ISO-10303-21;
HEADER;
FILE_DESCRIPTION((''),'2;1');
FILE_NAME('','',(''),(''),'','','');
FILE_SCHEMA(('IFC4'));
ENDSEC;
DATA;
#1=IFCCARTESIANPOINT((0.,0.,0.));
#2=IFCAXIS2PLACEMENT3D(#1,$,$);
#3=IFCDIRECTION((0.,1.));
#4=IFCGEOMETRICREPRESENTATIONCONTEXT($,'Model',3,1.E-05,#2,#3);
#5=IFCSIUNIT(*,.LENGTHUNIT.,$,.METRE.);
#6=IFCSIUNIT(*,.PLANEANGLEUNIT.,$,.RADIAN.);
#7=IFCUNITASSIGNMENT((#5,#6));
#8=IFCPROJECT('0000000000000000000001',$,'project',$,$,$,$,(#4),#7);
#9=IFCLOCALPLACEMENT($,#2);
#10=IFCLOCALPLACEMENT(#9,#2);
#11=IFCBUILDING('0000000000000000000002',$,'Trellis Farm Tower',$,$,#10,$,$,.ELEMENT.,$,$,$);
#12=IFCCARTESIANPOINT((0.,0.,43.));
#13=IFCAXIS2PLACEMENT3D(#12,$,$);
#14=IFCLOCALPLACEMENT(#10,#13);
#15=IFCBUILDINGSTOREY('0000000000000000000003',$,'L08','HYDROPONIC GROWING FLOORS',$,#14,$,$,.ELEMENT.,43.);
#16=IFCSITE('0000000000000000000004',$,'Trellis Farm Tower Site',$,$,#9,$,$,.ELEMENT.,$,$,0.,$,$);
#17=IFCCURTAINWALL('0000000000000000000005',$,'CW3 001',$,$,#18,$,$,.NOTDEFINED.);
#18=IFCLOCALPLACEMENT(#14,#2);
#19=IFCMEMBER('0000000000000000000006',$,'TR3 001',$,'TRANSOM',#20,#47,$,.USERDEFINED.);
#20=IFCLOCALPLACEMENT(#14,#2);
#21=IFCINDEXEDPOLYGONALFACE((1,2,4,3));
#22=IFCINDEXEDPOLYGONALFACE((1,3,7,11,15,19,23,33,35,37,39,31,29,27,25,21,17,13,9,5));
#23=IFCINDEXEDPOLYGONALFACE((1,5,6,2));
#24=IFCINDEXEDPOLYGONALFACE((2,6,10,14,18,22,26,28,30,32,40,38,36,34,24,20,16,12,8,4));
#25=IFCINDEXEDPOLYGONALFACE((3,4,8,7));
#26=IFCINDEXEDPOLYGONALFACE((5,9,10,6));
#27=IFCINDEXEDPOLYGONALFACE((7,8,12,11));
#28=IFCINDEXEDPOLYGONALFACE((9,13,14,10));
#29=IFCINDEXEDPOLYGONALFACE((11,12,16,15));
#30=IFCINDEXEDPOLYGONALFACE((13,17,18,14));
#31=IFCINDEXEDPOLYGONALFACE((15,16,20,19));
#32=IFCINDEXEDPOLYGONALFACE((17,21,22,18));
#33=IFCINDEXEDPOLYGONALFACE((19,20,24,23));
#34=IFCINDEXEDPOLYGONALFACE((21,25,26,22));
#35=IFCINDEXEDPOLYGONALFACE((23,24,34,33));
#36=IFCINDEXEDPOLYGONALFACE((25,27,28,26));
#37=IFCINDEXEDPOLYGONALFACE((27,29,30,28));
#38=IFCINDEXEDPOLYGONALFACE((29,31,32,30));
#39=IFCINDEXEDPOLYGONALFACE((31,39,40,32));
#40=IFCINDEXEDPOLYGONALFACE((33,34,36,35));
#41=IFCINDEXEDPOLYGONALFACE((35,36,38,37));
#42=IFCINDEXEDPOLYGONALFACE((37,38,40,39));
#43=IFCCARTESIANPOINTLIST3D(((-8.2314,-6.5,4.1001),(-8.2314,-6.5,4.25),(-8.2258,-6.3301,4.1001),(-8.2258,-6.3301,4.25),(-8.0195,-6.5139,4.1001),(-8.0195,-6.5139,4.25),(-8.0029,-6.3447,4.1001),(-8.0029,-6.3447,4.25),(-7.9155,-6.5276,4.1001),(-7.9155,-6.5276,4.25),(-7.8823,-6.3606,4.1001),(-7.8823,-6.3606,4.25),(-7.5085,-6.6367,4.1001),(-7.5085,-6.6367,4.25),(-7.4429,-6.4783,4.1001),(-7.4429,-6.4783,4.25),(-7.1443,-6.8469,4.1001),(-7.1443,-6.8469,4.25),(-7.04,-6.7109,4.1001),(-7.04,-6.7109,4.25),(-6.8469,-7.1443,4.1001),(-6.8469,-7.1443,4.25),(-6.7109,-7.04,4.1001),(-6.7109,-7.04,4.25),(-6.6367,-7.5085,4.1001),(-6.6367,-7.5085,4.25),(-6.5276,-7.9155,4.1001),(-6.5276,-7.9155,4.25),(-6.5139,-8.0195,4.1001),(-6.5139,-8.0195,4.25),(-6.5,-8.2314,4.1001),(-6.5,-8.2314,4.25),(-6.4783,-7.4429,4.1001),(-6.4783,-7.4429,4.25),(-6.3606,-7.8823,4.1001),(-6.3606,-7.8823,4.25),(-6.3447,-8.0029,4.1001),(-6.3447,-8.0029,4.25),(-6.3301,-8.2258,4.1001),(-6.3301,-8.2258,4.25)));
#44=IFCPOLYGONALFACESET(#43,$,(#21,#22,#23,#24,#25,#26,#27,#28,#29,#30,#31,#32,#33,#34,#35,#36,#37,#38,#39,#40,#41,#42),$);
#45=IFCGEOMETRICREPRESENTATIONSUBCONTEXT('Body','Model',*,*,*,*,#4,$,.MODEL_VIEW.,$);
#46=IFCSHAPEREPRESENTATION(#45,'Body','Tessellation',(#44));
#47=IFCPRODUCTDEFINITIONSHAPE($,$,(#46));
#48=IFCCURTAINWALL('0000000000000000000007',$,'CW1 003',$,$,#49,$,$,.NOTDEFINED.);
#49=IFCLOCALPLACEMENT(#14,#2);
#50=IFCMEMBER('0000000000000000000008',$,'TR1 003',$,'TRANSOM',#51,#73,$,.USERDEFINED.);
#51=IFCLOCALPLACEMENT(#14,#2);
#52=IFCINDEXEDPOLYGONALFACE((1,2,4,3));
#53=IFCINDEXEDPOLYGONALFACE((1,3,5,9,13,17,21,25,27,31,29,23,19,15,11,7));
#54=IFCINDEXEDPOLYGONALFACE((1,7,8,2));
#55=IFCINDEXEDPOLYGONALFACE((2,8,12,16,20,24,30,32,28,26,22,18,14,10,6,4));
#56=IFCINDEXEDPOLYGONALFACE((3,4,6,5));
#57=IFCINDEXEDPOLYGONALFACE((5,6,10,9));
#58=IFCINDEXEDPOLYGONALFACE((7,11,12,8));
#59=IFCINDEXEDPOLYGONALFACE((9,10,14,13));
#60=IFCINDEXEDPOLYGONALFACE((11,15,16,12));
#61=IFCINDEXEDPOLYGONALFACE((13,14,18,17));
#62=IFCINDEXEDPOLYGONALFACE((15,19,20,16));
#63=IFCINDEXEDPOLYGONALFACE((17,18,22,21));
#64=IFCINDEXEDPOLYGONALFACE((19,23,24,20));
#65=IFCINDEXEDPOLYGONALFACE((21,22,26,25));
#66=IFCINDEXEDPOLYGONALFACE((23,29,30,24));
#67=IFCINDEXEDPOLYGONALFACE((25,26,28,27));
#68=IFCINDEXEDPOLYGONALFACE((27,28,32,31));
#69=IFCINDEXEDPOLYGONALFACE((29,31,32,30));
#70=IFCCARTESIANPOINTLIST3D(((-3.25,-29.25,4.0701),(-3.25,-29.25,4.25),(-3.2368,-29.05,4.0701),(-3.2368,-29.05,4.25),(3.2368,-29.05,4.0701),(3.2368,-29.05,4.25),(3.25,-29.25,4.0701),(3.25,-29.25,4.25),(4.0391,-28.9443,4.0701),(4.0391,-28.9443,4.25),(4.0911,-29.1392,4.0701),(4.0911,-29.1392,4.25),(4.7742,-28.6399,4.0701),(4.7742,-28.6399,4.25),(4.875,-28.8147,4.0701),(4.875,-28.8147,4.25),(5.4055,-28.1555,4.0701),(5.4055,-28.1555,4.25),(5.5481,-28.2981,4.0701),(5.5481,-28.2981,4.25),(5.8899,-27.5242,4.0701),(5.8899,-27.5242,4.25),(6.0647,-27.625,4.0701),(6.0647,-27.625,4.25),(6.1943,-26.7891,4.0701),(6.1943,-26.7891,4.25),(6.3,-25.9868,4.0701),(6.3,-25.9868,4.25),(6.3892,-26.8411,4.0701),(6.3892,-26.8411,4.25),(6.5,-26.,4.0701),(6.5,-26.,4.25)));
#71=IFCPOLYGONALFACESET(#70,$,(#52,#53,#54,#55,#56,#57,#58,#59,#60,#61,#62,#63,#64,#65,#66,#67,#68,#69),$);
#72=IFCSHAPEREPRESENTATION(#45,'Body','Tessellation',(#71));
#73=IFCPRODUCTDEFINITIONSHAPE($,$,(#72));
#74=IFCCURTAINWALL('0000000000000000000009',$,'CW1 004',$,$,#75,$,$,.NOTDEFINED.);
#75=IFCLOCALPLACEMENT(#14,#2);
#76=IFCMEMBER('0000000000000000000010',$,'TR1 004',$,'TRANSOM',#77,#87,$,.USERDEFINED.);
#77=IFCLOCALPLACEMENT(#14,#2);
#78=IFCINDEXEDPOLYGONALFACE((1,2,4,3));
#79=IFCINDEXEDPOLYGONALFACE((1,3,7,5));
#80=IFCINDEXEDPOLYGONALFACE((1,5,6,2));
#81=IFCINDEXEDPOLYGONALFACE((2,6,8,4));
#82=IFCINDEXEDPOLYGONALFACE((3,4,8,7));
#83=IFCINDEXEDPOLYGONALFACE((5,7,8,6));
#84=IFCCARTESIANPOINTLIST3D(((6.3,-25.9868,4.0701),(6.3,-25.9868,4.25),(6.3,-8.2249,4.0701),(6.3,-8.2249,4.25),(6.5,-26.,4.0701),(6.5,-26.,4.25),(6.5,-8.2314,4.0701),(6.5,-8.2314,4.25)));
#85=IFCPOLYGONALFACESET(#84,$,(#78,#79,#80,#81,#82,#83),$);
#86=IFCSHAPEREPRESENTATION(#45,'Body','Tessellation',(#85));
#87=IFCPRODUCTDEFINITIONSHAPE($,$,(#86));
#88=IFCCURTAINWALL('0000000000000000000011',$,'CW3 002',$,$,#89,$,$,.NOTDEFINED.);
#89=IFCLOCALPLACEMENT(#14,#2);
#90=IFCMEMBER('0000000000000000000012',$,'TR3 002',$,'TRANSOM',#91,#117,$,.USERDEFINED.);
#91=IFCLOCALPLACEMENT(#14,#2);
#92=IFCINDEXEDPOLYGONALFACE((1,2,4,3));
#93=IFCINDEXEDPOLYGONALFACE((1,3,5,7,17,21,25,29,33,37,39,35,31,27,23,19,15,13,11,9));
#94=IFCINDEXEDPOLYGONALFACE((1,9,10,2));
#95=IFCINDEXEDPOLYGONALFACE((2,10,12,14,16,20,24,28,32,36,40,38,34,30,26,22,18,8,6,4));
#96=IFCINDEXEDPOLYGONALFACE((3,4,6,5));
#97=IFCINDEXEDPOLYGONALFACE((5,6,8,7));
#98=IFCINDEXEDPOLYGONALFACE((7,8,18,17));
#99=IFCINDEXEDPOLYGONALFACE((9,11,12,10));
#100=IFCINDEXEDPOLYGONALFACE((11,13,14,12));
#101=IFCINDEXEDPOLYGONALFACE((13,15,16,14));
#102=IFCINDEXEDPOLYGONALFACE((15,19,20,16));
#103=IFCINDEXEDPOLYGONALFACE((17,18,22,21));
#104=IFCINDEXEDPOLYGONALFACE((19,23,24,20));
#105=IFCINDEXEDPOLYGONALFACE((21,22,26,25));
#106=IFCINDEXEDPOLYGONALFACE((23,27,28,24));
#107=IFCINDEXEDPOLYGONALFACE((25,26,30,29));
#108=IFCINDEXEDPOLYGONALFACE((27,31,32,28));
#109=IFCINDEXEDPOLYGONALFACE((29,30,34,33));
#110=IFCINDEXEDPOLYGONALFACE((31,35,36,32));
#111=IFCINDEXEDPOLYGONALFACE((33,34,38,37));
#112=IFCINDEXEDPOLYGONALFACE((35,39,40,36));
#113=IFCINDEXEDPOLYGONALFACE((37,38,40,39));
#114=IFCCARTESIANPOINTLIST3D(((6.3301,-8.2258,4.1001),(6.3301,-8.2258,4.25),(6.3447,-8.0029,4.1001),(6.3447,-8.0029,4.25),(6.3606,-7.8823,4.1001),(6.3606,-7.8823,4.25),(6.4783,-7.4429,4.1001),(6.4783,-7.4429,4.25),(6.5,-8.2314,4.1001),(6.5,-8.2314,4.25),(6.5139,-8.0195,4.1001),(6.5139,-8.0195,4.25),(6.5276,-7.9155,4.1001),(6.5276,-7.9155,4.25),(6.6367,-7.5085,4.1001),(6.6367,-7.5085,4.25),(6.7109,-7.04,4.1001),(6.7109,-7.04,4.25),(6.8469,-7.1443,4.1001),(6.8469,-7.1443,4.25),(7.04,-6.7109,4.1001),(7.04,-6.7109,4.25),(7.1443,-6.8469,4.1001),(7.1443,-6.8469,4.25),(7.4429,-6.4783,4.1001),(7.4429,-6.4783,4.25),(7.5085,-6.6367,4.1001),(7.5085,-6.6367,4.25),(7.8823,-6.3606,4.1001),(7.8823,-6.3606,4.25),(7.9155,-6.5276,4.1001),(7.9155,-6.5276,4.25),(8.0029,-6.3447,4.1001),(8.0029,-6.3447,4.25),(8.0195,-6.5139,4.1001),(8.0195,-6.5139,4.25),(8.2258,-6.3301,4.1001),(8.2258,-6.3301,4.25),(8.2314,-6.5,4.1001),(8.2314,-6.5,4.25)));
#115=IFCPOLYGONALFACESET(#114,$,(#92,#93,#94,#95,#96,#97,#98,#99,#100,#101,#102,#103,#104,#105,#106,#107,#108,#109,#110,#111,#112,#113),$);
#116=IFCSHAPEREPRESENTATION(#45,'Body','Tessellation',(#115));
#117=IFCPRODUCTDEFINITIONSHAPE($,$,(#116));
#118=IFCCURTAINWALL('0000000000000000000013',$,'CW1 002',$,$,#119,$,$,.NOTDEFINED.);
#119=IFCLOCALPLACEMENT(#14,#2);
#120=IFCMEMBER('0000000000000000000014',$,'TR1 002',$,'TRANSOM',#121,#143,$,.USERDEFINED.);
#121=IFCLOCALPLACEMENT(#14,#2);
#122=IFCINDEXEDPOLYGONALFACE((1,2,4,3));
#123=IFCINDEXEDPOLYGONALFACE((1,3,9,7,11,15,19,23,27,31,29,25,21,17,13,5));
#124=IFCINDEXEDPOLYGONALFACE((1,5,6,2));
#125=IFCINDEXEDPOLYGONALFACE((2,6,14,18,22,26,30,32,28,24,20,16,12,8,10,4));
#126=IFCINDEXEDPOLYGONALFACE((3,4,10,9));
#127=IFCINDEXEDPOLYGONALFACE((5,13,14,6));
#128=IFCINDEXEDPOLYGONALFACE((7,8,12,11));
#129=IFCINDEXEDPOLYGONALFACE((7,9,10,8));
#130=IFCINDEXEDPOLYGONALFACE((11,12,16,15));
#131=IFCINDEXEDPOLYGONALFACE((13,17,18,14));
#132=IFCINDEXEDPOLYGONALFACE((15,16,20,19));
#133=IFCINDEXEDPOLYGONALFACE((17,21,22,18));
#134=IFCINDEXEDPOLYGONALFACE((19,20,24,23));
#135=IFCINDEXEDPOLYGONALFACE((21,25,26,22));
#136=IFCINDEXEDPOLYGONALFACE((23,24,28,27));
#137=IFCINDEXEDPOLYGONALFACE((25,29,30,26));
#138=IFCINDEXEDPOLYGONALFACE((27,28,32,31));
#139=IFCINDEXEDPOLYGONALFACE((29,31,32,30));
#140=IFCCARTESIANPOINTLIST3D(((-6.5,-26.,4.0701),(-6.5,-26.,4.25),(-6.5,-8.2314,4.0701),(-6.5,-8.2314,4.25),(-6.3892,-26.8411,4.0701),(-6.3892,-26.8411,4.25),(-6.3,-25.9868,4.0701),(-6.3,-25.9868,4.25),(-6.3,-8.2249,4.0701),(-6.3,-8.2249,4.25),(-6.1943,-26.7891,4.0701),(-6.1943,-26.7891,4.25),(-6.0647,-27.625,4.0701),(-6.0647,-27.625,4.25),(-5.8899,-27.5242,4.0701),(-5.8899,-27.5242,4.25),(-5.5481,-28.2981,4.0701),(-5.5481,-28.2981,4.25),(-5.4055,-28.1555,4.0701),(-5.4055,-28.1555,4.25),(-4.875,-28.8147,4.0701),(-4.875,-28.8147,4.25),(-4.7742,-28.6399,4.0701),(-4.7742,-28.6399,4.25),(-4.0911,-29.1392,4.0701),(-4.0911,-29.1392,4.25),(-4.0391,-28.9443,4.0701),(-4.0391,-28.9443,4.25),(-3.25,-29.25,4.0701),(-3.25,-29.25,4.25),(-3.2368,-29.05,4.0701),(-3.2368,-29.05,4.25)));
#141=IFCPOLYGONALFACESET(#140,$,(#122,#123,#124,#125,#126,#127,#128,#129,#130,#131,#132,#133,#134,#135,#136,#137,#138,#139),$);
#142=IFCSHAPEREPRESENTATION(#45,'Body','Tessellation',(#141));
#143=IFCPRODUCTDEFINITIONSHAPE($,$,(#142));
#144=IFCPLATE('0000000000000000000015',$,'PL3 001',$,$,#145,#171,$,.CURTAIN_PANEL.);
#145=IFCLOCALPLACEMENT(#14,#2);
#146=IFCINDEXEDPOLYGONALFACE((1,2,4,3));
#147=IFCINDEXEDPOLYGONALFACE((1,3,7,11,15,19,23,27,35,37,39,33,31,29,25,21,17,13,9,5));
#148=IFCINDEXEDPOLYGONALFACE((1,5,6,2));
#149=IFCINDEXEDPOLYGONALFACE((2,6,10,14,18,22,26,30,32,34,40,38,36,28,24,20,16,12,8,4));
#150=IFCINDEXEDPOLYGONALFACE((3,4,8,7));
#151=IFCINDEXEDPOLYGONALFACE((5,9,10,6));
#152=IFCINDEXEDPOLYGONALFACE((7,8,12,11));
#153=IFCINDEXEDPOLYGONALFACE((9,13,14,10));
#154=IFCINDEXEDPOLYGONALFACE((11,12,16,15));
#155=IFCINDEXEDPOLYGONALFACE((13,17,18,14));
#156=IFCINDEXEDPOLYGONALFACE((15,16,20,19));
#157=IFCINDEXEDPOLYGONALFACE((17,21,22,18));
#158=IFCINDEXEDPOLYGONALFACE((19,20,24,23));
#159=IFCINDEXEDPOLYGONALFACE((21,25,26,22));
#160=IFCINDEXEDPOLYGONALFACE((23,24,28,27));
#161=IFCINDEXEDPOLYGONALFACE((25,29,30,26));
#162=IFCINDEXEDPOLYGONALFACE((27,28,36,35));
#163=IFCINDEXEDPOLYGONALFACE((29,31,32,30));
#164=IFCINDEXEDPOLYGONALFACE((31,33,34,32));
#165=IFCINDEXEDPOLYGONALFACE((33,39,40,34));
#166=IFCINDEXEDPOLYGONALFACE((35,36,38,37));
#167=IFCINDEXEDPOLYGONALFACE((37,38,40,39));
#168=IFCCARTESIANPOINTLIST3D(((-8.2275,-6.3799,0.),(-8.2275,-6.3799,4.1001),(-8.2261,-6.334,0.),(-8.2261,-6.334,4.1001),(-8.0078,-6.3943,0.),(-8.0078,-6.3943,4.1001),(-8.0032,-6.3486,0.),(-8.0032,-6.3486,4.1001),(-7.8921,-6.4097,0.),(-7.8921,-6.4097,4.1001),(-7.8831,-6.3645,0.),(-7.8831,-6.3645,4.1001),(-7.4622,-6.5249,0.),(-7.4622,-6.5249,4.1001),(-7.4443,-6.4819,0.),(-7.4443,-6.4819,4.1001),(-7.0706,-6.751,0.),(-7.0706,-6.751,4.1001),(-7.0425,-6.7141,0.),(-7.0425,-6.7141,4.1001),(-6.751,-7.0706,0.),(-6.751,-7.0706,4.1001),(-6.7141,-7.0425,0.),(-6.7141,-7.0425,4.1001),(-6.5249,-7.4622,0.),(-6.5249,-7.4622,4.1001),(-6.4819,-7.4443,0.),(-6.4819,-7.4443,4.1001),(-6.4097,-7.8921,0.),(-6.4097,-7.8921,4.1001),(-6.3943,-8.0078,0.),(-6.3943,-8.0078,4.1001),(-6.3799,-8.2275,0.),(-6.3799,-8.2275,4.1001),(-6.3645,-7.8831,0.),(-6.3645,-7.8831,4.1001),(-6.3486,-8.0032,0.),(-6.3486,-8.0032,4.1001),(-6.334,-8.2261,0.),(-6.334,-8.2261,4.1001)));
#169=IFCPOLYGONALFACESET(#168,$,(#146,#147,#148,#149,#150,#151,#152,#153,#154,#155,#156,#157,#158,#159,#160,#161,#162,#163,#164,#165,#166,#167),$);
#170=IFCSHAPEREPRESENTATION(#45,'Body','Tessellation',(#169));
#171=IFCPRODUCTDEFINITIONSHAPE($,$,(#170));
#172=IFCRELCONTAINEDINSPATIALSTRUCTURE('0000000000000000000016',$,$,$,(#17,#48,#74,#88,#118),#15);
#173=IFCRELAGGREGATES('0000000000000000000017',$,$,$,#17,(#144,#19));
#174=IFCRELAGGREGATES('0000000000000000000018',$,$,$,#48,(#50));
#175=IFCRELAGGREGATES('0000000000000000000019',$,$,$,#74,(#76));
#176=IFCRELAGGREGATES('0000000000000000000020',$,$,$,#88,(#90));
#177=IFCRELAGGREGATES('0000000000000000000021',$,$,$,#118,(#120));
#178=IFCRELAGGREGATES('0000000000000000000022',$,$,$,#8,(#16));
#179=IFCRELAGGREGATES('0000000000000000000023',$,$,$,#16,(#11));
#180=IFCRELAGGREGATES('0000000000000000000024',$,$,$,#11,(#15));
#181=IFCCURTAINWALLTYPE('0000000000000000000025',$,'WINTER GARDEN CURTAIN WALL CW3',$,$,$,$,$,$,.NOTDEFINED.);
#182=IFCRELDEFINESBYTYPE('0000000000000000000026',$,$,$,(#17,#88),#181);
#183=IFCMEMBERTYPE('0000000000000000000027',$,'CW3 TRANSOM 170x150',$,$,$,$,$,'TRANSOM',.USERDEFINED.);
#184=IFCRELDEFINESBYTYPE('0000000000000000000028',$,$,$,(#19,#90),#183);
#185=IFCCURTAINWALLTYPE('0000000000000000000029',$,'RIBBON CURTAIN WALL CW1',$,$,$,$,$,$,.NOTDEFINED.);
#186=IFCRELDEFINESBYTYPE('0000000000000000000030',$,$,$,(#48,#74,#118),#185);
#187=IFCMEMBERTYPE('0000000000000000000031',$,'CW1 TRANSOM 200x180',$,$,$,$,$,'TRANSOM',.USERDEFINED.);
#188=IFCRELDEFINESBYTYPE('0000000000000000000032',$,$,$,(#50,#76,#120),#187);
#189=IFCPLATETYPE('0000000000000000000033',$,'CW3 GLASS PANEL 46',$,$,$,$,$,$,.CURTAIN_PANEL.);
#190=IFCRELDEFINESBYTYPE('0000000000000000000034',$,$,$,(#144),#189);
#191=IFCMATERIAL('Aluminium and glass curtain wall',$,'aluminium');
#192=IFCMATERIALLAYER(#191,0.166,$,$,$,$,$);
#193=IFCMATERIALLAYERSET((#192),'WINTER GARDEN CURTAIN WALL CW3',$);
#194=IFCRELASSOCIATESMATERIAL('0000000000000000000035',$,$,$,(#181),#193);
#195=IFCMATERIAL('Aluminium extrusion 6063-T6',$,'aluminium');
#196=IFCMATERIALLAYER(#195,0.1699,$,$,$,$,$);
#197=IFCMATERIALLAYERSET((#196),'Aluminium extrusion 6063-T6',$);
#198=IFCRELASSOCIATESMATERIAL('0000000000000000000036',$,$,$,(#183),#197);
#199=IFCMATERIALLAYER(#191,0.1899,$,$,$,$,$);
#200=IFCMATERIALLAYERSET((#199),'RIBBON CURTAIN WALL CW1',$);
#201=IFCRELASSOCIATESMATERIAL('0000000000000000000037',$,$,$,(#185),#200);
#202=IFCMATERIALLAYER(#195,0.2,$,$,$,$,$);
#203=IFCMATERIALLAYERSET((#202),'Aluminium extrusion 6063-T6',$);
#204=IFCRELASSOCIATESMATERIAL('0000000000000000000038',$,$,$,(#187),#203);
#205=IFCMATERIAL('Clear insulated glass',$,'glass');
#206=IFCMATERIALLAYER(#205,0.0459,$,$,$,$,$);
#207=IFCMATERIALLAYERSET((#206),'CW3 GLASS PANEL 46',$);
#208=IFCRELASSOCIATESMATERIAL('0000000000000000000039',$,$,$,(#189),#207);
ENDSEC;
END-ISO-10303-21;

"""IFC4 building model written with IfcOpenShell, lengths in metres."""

from ifc_helpers import new_model, si_unit, direction, frame, origin, place, context, subcontext, project, spatial, polyline, outline, extrude, source, transform, mapped, material, layer, layer_set, type_object, element, aggregate, save


model = new_model("IFC4")

# Units and contexts
model_context = context("Model", 3, precision=1e-05, world=origin(), true_north=direction((0.0, 1.0)))
body_context = subcontext(model_context, "Body", "Model", "MODEL_VIEW")
ifc_project = project(units=[si_unit("LENGTHUNIT", "METRE"), si_unit("PLANEANGLEUNIT", "RADIAN")], contexts=[model_context])

# Site, building, storey
site_placement = place(None, origin())
site = spatial("IfcSite", under=ifc_project, at=site_placement, Name="Trellis Farm Tower Site", CompositionType="ELEMENT", RefElevation=0.0)
building_placement = place(site_placement, origin())
building = spatial("IfcBuilding", under=site, at=building_placement, Name="Trellis Farm Tower", CompositionType="ELEMENT")
storey_placement = place(building_placement, frame((0.0, 0.0, 43.0)))
storey = spatial("IfcBuildingStorey", under=building, at=storey_placement, Name="L08", Description="HYDROPONIC GROWING FLOORS", CompositionType="ELEMENT", Elevation=43.0)

# Curtain walls, members
ifc_material_1 = material(Name="Aluminium and glass curtain wall", Category="aluminium")
ifc_layer_1 = layer(ifc_material_1, 0.166)
ifc_layer_set_1 = layer_set([ifc_layer_1], Name="WINTER GARDEN CURTAIN WALL CW3")
curtain_wall_type_1 = type_object("IfcCurtainWallType", Name="WINTER GARDEN CURTAIN WALL CW3", PredefinedType="NOTDEFINED", material=ifc_layer_set_1)
placement_1 = place(storey_placement, origin())
curtain_wall_1 = element("IfcCurtainWall", 1, at=placement_1, inside=storey, type_object=curtain_wall_type_1, Name="CW3 001", PredefinedType="NOTDEFINED")
ifc_material_2 = material(Name="Aluminium extrusion 6063-T6", Category="aluminium")
ifc_layer_2 = layer(ifc_material_2, 0.1699)
ifc_layer_set_2 = layer_set([ifc_layer_2], Name="Aluminium extrusion 6063-T6")
member_type_1 = type_object("IfcMemberType", Name="CW3 TRANSOM 170x150", ElementType="TRANSOM", PredefinedType="USERDEFINED", material=ifc_layer_set_2)
shared_shape_1 = source(origin(), body_context, "Body", "SweptSolid", [
    extrude(outline(polyline([(-8.2314, -6.5), (-8.0195, -6.5139), (-7.9155, -6.5276), (-7.5085, -6.6367), (-7.1443, -6.8469), (-6.8469, -7.1443), (-6.6367, -7.5085), (-6.5276, -7.9155), (-6.5139, -8.0195), (-6.5, -8.2314), (-6.3301, -8.2258), (-6.3447, -8.0029), (-6.3606, -7.8823), (-6.4783, -7.4429), (-6.7109, -7.04), (-7.04, -6.7109), (-7.4429, -6.4783), (-7.8823, -6.3606), (-8.0029, -6.3447), (-8.2258, -6.3301), (-8.2314, -6.5)])), origin(), (0.0, 0.0, 1.0), 0.1499),
])
placement_2 = place(storey_placement, frame((0.0, 0.0, 4.1001)))
member_1 = element("IfcMember", 2, at=placement_2, type_object=member_type_1, Name="TR3 001", ObjectType="TRANSOM", PredefinedType="USERDEFINED", context=body_context, shape_type="MappedRepresentation", body=[
    mapped(shared_shape_1, transform((0.0, 0.0, 0.0))),
])
ifc_layer_3 = layer(ifc_material_1, 0.1899)
ifc_layer_set_3 = layer_set([ifc_layer_3], Name="RIBBON CURTAIN WALL CW1")
curtain_wall_type_2 = type_object("IfcCurtainWallType", Name="RIBBON CURTAIN WALL CW1", PredefinedType="NOTDEFINED", material=ifc_layer_set_3)
curtain_wall_2 = element("IfcCurtainWall", 3, at=placement_1, inside=storey, type_object=curtain_wall_type_2, Name="CW1 003", PredefinedType="NOTDEFINED")
ifc_layer_4 = layer(ifc_material_2, 0.2)
ifc_layer_set_4 = layer_set([ifc_layer_4], Name="Aluminium extrusion 6063-T6")
member_type_2 = type_object("IfcMemberType", Name="CW1 TRANSOM 200x180", ElementType="TRANSOM", PredefinedType="USERDEFINED", material=ifc_layer_set_4)
shared_shape_2 = source(origin(), body_context, "Body", "SweptSolid", [
    extrude(outline(polyline([(-3.25, -29.25), (3.25, -29.25), (4.0911, -29.1392), (4.875, -28.8147), (5.5481, -28.2981), (6.0647, -27.625), (6.3892, -26.8411), (6.5, -26.0), (6.3, -25.9868), (6.1943, -26.7891), (5.8899, -27.5242), (5.4055, -28.1555), (4.7742, -28.6399), (4.0391, -28.9443), (3.2368, -29.05), (-3.2368, -29.05), (-3.25, -29.25)])), origin(), (0.0, 0.0, 1.0), 0.1799),
])
placement_3 = place(storey_placement, frame((0.0, 0.0, 4.0701)))
member_2 = element("IfcMember", 4, at=placement_3, type_object=member_type_2, Name="TR1 003", ObjectType="TRANSOM", PredefinedType="USERDEFINED", context=body_context, shape_type="MappedRepresentation", body=[
    mapped(shared_shape_2, transform((0.0, 0.0, 0.0))),
])
curtain_wall_3 = element("IfcCurtainWall", 5, at=placement_1, inside=storey, type_object=curtain_wall_type_2, Name="CW1 004", PredefinedType="NOTDEFINED")
shared_shape_3 = source(origin(), body_context, "Body", "SweptSolid", [
    extrude(outline(polyline([(6.5, -26.0), (6.5, -8.2314), (6.3, -8.2249), (6.3, -25.9868), (6.5, -26.0)])), origin(), (0.0, 0.0, 1.0), 0.1799),
])
member_3 = element("IfcMember", 6, at=placement_3, type_object=member_type_2, Name="TR1 004", ObjectType="TRANSOM", PredefinedType="USERDEFINED", context=body_context, shape_type="MappedRepresentation", body=[
    mapped(shared_shape_3, transform((0.0, 0.0, 0.0))),
])
curtain_wall_4 = element("IfcCurtainWall", 7, at=placement_1, inside=storey, type_object=curtain_wall_type_1, Name="CW3 002", PredefinedType="NOTDEFINED")
shared_shape_4 = source(origin(), body_context, "Body", "SweptSolid", [
    extrude(outline(polyline([(6.5, -8.2314), (6.5139, -8.0195), (6.5276, -7.9155), (6.6367, -7.5085), (6.8469, -7.1443), (7.1443, -6.8469), (7.5085, -6.6367), (7.9155, -6.5276), (8.0195, -6.5139), (8.2314, -6.5), (8.2258, -6.3301), (8.0029, -6.3447), (7.8823, -6.3606), (7.4429, -6.4783), (7.04, -6.7109), (6.7109, -7.04), (6.4783, -7.4429), (6.3606, -7.8823), (6.3447, -8.0029), (6.3301, -8.2258), (6.5, -8.2314)])), origin(), (0.0, 0.0, 1.0), 0.1499),
])
member_4 = element("IfcMember", 8, at=placement_2, type_object=member_type_1, Name="TR3 002", ObjectType="TRANSOM", PredefinedType="USERDEFINED", context=body_context, shape_type="MappedRepresentation", body=[
    mapped(shared_shape_4, transform((0.0, 0.0, 0.0))),
])
curtain_wall_5 = element("IfcCurtainWall", 9, at=placement_1, inside=storey, type_object=curtain_wall_type_2, Name="CW1 002", PredefinedType="NOTDEFINED")
shared_shape_5 = source(origin(), body_context, "Body", "SweptSolid", [
    extrude(outline(polyline([(-6.5, -8.2314), (-6.5, -26.0), (-6.3892, -26.8411), (-6.0647, -27.625), (-5.5481, -28.2981), (-4.875, -28.8147), (-4.0911, -29.1392), (-3.25, -29.25), (-3.2368, -29.05), (-4.0391, -28.9443), (-4.7742, -28.6399), (-5.4055, -28.1555), (-5.8899, -27.5242), (-6.1943, -26.7891), (-6.3, -25.9868), (-6.3, -8.2249), (-6.5, -8.2314)])), origin(), (0.0, 0.0, 1.0), 0.1799),
])
member_5 = element("IfcMember", 10, at=placement_3, type_object=member_type_2, Name="TR1 002", ObjectType="TRANSOM", PredefinedType="USERDEFINED", context=body_context, shape_type="MappedRepresentation", body=[
    mapped(shared_shape_5, transform((0.0, 0.0, 0.0))),
])

# Plate
ifc_material_3 = material(Name="Clear insulated glass", Category="glass")
ifc_layer_5 = layer(ifc_material_3, 0.0459)
ifc_layer_set_5 = layer_set([ifc_layer_5], Name="CW3 GLASS PANEL 46")
plate_type_1 = type_object("IfcPlateType", Name="CW3 GLASS PANEL 46", PredefinedType="CURTAIN_PANEL", material=ifc_layer_set_5)
shared_shape_6 = source(origin(), body_context, "Body", "SweptSolid", [
    extrude(outline(polyline([(-8.2275, -6.3799), (-8.0078, -6.3943), (-7.8921, -6.4097), (-7.4622, -6.5249), (-7.0706, -6.751), (-6.751, -7.0706), (-6.5249, -7.4622), (-6.4097, -7.8921), (-6.3943, -8.0078), (-6.3799, -8.2275), (-6.334, -8.2261), (-6.3486, -8.0032), (-6.3645, -7.8831), (-6.4819, -7.4443), (-6.7141, -7.0425), (-7.0425, -6.7141), (-7.4443, -6.4819), (-7.8831, -6.3645), (-8.0032, -6.3486), (-8.2261, -6.334), (-8.2275, -6.3799)])), origin(), (0.0, 0.0, 1.0), 4.1001),
])
plate_1 = element("IfcPlate", 11, at=placement_1, type_object=plate_type_1, Name="PL3 001", PredefinedType="CURTAIN_PANEL", context=body_context, shape_type="MappedRepresentation", body=[
    mapped(shared_shape_6, transform((0.0, 0.0, 0.0))),
])
aggregate(curtain_wall_1, [plate_1, member_1])
aggregate(curtain_wall_2, [member_2])
aggregate(curtain_wall_3, [member_3])
aggregate(curtain_wall_4, [member_4])
aggregate(curtain_wall_5, [member_5])

save(model, "model.ifc")
